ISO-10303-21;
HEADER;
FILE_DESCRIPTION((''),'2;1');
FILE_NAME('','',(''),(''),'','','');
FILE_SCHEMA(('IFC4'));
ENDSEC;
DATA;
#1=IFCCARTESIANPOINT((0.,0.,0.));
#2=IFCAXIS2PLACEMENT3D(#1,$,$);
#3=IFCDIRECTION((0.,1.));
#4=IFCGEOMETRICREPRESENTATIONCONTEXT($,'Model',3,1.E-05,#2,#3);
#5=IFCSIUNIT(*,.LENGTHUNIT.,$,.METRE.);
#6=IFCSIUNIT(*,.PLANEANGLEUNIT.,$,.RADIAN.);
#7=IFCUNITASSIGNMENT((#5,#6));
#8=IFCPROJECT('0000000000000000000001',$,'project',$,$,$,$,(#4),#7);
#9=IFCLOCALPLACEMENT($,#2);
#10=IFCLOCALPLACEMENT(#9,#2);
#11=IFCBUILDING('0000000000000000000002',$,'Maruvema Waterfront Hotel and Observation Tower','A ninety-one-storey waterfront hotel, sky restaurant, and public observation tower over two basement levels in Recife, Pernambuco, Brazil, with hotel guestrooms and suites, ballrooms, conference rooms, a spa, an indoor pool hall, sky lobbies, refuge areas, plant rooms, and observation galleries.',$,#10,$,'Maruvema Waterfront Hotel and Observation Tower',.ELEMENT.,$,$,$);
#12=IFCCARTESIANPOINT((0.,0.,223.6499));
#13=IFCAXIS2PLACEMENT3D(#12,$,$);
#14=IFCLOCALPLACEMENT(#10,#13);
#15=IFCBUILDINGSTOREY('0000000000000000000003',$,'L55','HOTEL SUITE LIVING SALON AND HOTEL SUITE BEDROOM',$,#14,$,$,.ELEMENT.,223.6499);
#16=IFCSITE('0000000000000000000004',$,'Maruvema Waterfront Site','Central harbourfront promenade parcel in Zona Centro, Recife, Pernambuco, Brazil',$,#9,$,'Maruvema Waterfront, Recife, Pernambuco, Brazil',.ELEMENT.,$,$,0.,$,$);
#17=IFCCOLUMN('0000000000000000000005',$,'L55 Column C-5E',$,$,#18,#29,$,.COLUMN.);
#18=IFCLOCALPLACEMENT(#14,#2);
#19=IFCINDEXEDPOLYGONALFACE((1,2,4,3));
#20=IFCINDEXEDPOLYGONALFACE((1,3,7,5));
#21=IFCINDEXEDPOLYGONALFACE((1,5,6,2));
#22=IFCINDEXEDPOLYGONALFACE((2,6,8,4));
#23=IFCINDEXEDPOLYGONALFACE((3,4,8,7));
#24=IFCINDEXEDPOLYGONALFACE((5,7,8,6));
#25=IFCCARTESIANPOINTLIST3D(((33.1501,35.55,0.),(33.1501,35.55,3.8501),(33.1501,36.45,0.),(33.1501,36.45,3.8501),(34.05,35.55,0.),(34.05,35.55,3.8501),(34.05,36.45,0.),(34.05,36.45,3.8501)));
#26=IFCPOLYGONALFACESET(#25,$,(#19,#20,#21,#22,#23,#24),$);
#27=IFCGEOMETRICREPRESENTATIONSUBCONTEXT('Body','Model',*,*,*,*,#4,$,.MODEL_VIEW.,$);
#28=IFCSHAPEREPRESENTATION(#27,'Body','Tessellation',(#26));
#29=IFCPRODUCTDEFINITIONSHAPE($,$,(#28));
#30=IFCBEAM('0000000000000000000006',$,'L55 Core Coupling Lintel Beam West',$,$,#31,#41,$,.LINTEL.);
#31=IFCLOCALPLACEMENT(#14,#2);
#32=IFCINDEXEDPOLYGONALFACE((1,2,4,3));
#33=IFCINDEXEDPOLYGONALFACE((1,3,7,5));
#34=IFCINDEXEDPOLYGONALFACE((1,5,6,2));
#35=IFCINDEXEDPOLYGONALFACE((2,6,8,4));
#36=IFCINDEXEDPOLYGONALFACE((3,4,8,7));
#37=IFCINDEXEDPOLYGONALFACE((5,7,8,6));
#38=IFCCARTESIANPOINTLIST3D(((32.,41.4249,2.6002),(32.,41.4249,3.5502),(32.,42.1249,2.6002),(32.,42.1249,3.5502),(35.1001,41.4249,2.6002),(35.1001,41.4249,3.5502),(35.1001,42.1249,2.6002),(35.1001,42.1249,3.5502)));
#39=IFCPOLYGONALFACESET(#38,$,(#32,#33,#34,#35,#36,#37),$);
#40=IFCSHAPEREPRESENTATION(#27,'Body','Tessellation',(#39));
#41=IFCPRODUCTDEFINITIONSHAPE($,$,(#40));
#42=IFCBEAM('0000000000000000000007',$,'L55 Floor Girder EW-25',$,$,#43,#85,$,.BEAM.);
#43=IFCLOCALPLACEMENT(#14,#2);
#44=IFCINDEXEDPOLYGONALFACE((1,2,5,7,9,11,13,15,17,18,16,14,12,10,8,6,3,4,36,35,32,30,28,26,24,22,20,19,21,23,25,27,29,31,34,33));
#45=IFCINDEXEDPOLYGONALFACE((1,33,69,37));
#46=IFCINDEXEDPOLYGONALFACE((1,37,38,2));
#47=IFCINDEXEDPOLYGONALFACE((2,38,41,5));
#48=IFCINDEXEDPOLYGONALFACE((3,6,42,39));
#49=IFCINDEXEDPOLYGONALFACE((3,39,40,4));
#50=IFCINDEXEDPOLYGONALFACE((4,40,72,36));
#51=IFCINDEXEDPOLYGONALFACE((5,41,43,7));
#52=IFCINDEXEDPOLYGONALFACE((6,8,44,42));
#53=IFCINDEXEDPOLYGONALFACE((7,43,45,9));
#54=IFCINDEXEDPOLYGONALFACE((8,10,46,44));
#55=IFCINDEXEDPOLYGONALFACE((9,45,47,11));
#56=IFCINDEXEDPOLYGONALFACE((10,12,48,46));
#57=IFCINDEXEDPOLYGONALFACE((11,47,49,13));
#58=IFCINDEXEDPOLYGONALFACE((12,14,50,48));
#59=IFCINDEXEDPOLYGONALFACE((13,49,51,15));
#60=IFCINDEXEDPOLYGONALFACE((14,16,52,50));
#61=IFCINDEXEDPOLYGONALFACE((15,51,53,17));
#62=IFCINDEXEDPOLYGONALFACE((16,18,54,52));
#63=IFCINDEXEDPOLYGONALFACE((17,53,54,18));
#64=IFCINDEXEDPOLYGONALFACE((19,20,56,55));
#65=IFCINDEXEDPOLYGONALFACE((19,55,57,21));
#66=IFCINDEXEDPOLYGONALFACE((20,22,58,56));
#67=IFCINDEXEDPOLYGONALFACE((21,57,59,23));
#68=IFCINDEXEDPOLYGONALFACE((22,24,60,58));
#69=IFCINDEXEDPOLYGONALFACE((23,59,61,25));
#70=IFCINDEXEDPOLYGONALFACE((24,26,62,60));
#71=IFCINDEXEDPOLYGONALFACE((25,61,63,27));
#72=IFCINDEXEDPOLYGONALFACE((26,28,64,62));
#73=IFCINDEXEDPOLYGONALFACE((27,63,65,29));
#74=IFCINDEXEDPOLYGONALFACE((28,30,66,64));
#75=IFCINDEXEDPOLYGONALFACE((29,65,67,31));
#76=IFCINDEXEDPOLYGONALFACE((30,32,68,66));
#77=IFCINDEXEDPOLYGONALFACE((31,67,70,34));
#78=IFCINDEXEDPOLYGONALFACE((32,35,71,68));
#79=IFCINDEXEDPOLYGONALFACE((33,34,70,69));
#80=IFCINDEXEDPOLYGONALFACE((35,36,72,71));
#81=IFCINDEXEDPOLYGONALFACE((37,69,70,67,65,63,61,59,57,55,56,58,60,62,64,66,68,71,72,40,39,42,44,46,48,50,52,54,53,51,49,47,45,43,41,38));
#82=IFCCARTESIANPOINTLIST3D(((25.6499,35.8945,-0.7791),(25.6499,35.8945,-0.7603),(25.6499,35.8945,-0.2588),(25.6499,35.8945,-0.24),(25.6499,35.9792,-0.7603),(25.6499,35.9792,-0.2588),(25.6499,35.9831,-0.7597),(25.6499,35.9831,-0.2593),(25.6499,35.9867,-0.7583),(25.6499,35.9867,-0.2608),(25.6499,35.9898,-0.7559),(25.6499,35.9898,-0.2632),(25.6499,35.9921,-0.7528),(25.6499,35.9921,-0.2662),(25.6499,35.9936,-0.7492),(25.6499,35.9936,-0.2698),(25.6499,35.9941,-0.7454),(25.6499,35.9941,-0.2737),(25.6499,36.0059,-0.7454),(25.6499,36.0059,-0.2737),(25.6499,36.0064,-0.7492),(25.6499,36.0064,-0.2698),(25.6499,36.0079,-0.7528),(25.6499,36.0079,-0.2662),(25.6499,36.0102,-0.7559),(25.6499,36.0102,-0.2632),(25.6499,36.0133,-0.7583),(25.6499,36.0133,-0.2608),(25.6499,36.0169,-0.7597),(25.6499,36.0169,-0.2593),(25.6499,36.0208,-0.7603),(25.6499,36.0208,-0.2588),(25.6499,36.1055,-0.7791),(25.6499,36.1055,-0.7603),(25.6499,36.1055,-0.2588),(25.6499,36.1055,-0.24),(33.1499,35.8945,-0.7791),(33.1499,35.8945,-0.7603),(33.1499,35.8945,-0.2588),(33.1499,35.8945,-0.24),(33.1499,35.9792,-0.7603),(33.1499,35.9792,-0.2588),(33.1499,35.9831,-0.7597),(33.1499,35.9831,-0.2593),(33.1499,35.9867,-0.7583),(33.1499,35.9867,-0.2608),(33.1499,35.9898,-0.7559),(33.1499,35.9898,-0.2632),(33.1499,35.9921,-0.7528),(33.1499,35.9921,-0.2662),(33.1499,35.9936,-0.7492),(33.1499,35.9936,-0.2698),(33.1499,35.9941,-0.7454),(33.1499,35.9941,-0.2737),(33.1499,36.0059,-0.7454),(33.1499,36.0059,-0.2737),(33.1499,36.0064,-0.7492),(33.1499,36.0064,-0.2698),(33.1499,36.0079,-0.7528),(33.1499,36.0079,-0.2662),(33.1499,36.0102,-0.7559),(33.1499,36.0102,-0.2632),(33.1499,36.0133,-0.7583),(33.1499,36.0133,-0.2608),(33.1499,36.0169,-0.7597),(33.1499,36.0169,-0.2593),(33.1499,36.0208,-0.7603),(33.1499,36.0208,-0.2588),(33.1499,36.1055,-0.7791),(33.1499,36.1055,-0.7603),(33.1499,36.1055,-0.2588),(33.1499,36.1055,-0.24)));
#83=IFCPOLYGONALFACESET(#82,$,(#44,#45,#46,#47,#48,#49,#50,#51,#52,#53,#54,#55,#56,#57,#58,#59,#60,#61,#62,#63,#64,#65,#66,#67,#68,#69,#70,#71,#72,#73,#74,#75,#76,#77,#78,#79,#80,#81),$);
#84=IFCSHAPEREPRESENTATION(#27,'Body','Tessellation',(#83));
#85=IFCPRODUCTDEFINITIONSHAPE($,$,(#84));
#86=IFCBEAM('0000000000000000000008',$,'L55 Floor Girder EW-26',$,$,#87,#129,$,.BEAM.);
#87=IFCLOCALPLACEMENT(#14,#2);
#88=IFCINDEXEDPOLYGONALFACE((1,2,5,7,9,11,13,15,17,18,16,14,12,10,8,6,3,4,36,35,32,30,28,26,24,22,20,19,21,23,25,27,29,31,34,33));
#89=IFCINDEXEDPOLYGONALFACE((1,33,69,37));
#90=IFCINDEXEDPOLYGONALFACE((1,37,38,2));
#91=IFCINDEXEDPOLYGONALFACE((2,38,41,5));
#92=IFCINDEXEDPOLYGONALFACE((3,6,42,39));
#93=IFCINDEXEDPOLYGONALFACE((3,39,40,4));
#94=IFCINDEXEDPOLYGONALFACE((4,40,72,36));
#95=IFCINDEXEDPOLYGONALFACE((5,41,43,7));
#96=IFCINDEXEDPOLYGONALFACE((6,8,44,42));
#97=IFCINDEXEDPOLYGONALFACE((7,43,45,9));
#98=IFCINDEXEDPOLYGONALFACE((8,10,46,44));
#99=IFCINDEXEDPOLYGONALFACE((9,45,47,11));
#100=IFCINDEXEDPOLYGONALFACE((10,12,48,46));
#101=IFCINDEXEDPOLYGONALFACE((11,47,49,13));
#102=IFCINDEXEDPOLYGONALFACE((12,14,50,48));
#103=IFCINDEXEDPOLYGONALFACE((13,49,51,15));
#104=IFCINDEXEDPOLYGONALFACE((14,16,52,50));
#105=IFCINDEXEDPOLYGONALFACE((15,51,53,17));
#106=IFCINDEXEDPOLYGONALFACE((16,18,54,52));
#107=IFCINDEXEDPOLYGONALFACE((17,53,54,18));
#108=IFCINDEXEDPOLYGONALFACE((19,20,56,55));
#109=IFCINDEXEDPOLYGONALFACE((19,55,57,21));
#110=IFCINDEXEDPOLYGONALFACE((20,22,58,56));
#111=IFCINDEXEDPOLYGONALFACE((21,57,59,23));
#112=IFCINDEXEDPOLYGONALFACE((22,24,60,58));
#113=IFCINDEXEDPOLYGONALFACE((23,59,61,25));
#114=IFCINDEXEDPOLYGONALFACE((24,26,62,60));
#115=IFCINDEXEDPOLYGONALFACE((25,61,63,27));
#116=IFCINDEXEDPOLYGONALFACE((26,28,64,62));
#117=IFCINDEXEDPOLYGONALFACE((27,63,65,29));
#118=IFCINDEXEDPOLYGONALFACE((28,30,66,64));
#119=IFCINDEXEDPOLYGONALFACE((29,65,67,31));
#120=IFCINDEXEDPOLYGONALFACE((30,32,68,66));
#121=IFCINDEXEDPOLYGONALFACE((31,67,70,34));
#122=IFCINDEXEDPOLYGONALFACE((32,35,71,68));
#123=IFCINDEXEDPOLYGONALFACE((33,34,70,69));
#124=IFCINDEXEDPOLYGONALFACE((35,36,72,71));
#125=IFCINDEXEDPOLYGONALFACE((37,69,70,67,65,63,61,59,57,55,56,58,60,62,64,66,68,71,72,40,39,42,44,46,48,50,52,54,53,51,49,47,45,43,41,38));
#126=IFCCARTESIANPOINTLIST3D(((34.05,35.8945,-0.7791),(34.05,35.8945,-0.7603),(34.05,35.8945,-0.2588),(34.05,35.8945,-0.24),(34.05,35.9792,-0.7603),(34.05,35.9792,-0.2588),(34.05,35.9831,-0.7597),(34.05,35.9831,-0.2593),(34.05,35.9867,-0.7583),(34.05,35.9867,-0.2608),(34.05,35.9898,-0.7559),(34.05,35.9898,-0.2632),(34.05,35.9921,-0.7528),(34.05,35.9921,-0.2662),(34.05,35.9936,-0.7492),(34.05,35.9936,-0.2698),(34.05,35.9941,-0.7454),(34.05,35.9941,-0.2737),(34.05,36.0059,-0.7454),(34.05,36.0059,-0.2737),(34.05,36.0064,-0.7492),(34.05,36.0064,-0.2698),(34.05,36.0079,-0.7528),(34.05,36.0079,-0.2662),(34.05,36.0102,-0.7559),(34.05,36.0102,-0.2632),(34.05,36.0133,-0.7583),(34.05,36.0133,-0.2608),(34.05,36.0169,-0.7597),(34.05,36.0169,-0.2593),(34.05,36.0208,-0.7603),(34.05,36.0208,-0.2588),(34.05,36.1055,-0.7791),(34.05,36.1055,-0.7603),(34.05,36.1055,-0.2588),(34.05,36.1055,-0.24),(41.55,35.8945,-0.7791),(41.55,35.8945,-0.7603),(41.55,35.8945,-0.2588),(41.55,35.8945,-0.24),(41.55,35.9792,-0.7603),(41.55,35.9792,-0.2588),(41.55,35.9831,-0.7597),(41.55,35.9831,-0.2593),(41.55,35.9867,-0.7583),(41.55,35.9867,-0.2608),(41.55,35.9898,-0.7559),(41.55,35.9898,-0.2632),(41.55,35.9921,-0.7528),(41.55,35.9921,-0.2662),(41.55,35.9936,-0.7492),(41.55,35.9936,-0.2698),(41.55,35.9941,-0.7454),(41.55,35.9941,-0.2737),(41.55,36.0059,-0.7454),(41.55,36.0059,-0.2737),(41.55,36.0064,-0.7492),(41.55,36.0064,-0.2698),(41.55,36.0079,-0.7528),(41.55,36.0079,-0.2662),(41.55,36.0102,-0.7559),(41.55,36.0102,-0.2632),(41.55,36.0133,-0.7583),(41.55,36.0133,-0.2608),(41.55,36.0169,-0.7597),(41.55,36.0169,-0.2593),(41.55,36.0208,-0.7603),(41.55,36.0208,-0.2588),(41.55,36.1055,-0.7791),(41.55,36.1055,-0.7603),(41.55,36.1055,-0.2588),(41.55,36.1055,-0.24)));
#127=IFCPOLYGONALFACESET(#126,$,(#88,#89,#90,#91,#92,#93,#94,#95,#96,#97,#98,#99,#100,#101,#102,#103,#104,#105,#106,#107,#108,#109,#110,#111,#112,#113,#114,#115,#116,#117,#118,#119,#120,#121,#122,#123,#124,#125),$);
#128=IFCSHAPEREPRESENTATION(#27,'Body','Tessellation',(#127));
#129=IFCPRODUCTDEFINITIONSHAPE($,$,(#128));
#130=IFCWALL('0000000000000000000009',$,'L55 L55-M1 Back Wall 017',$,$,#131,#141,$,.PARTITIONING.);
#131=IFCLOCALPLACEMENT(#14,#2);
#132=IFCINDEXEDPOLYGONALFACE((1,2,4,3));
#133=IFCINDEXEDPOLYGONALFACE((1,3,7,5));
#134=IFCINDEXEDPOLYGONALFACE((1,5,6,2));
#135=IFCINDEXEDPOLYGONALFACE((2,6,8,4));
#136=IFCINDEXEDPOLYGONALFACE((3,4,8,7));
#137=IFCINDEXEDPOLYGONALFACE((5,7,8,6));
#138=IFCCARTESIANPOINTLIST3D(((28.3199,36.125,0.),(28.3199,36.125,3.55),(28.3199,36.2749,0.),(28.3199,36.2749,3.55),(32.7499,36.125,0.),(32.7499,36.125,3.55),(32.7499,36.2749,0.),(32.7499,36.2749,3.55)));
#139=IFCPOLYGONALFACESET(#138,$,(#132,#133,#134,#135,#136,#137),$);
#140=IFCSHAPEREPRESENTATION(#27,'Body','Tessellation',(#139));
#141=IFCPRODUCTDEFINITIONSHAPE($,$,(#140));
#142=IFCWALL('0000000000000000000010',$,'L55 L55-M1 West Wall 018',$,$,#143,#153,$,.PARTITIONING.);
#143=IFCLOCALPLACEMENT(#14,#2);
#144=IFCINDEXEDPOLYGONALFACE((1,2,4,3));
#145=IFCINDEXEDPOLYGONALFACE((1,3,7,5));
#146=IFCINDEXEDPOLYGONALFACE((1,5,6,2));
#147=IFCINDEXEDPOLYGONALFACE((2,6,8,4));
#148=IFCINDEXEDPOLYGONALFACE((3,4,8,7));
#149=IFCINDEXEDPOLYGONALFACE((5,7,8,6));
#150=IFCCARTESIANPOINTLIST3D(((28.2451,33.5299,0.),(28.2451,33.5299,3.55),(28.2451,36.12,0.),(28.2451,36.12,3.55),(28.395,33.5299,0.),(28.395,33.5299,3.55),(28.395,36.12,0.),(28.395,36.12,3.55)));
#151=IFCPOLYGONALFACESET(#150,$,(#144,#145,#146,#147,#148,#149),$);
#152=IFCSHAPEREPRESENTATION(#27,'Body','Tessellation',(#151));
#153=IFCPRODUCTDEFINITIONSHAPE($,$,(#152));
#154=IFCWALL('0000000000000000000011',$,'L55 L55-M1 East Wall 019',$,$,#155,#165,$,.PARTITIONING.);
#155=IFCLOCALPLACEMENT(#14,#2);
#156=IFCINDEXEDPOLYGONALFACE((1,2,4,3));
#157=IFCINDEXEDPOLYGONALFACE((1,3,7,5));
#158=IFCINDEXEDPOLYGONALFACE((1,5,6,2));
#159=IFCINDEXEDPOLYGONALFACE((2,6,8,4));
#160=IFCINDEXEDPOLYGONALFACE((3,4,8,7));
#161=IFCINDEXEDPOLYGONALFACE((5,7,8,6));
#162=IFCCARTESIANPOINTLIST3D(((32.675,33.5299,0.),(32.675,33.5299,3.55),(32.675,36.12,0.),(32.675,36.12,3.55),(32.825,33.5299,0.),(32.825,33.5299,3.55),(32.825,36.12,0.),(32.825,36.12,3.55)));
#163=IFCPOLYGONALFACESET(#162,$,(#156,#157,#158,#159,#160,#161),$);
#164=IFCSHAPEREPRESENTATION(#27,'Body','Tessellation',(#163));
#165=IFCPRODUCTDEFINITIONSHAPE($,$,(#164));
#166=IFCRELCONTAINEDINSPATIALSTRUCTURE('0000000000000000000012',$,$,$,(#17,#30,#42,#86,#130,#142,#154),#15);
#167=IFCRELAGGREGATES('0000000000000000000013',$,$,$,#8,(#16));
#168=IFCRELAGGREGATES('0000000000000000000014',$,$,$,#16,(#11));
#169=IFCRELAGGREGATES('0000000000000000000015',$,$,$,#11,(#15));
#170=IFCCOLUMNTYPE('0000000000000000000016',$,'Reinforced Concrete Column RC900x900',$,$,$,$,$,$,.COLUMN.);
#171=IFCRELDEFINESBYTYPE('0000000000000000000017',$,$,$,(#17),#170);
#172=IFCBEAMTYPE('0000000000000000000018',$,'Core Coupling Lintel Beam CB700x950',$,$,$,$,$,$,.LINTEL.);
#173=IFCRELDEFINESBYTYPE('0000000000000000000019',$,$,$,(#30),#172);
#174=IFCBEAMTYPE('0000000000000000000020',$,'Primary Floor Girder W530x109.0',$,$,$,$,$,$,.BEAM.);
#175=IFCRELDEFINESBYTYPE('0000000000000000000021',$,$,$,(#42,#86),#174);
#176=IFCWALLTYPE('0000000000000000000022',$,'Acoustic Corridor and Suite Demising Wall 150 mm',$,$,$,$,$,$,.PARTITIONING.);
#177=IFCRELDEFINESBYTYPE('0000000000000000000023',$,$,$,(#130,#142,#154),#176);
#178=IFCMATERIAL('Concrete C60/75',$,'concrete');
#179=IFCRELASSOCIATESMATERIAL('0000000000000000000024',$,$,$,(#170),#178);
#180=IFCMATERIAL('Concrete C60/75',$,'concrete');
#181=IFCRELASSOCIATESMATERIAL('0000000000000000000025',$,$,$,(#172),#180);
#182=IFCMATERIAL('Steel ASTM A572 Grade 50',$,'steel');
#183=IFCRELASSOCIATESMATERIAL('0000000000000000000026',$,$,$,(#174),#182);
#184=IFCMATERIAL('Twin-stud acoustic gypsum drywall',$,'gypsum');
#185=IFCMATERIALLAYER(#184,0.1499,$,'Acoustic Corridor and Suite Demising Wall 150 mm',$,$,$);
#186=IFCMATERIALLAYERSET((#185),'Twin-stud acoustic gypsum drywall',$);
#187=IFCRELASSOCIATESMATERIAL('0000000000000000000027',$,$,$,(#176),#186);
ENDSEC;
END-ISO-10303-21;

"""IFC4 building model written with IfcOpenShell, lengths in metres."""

from ifc_helpers import new_model, si_unit, direction, frame, frame_2d, origin, origin_2d, place, context, subcontext, project, spatial, rectangle, i_section, extrude, material, layer, layer_set, material_profile, profile_set, type_object, element, save


model = new_model("IFC4")

# Units and contexts
model_context = context("Model", 3, precision=1e-05, world=origin(), true_north=direction((0.0, 1.0)))
body_context = subcontext(model_context, "Body", "Model", "MODEL_VIEW")
ifc_project = project(units=[si_unit("LENGTHUNIT", "METRE"), si_unit("PLANEANGLEUNIT", "RADIAN")], contexts=[model_context])

# Site, building, storey
site_placement = place(None, origin())
site = spatial("IfcSite", under=ifc_project, at=site_placement, Name="Maruvema Waterfront Site", Description="Central harbourfront promenade parcel in Zona Centro, Recife, Pernambuco, Brazil", LongName="Maruvema Waterfront, Recife, Pernambuco, Brazil", CompositionType="ELEMENT", RefElevation=0.0)
building_placement = place(site_placement, origin())
building = spatial("IfcBuilding", under=site, at=building_placement, Name="Maruvema Waterfront Hotel and Observation Tower", Description="A ninety-one-storey waterfront hotel, sky restaurant, and public observation tower over two basement levels in Recife, Pernambuco, Brazil, with hotel guestrooms and suites, ballrooms, conference rooms, a spa, an indoor pool hall, sky lobbies, refuge areas, plant rooms, and observation galleries.", LongName="Maruvema Waterfront Hotel and Observation Tower", CompositionType="ELEMENT")
storey_placement = place(building_placement, frame((0.0, 0.0, 223.6499)))
storey = spatial("IfcBuildingStorey", under=building, at=storey_placement, Name="L55", Description="HOTEL SUITE LIVING SALON AND HOTEL SUITE BEDROOM", CompositionType="ELEMENT", Elevation=223.6499)

# Column
ifc_material_1 = material(Name="Concrete C60/75", Category="concrete")
ifc_material_profile_1 = material_profile(ifc_material_1, rectangle(XDim=0.8999, YDim=0.8999, at=origin_2d()), Name="RC900x900")
ifc_profile_set_1 = profile_set([ifc_material_profile_1], Name="Concrete C60/75")
column_type = type_object("IfcColumnType", Name="Reinforced Concrete Column RC900x900", PredefinedType="COLUMN", material=ifc_profile_set_1)
column_placement = place(storey_placement, frame((33.6001, 36.0, 0.0), z_axis=(0.0, 0.0, 1.0), x_axis=(1.0, 0.0, 0.0)))
element("IfcColumn", 1, at=column_placement, inside=storey, type_object=column_type, Name="L55 Column C-5E", PredefinedType="COLUMN", context=body_context, shape_type="SweptSolid", body=[
    extrude(rectangle(XDim=0.8999, YDim=0.8999, at=origin_2d()), origin(), (0.0, 0.0, 1.0), 3.8501),
])

# Beams
ifc_material_2 = material(Name="Concrete C60/75", Category="concrete")
ifc_material_profile_2 = material_profile(ifc_material_2, rectangle(XDim=0.7, YDim=0.95, at=origin_2d()), Name="CB700x950")
ifc_profile_set_2 = profile_set([ifc_material_profile_2], Name="Concrete C60/75")
beam_type_1 = type_object("IfcBeamType", Name="Core Coupling Lintel Beam CB700x950", PredefinedType="LINTEL", material=ifc_profile_set_2)
beam_placement = place(storey_placement, frame((32.0, 41.7749, 3.0752), z_axis=(1.0, 0.0, 0.0), x_axis=(0.0, 1.0, 0.0)))
element("IfcBeam", 2, at=beam_placement, inside=storey, type_object=beam_type_1, Name="L55 Core Coupling Lintel Beam West", PredefinedType="LINTEL", context=body_context, shape_type="SweptSolid", body=[
    extrude(rectangle(XDim=0.7, YDim=0.95, at=origin_2d()), origin(), (0.0, 0.0, 1.0), 3.1001),
])
ifc_material_3 = material(Name="Steel ASTM A572 Grade 50", Category="steel")
ifc_material_profile_3 = material_profile(ifc_material_3, i_section(OverallWidth=0.2109, OverallDepth=0.5391, WebThickness=0.0117, FlangeThickness=0.0188, FilletRadius=0.0149, at=origin_2d()), Name="W530x109.0")
ifc_profile_set_3 = profile_set([ifc_material_profile_3], Name="Steel ASTM A572 Grade 50")
beam_type_2 = type_object("IfcBeamType", Name="Primary Floor Girder W530x109.0", PredefinedType="BEAM", material=ifc_profile_set_3)
for number, where, z_axis, x_axis, name in (
    (3, (25.6499, 36.0, -0.5095), (1.0, 0.0, 0.0), (0.0, 1.0, 0.0), "L55 Floor Girder EW-25"),
    (4, (34.05, 36.0, -0.5095), (1.0, 0.0, 0.0), (0.0, 1.0, 0.0), "L55 Floor Girder EW-26"),
):
    element("IfcBeam", number, at=place(storey_placement, frame(where, z_axis=z_axis, x_axis=x_axis)), inside=storey, type_object=beam_type_2, Name=name, PredefinedType="BEAM", context=body_context, shape_type="SweptSolid", body=[
        extrude(i_section(OverallWidth=0.2109, OverallDepth=0.5391, WebThickness=0.0117, FlangeThickness=0.0188, FilletRadius=0.0149, at=origin_2d()), origin(), (0.0, 0.0, 1.0), 7.5),
    ])

# Walls
ifc_material_4 = material(Name="Twin-stud acoustic gypsum drywall", Category="gypsum")
ifc_layer_1 = layer(ifc_material_4, 0.1499, Name="Acoustic Corridor and Suite Demising Wall 150 mm")
ifc_layer_set_1 = layer_set([ifc_layer_1], Name="Twin-stud acoustic gypsum drywall")
wall_type_1 = type_object("IfcWallType", Name="Acoustic Corridor and Suite Demising Wall 150 mm", PredefinedType="PARTITIONING", material=ifc_layer_set_1)
wall_1_placement = place(storey_placement, frame((28.3201, 36.2, 0.0), z_axis=(0.0, 0.0, 1.0), x_axis=(1.0, 0.0, 0.0)))
element("IfcWall", 5, at=wall_1_placement, inside=storey, type_object=wall_type_1, Name="L55 L55-M1 Back Wall 017", PredefinedType="PARTITIONING", context=body_context, shape_type="SweptSolid", body=[
    extrude(rectangle(XDim=4.4299, YDim=0.1499, at=frame_2d((2.2148, 0.0))), origin(), (0.0, 0.0, 1.0), 3.55),
])
for number, where, z_axis, x_axis, name in (
    (6, (28.3201, 33.53, 0.0), (0.0, 0.0, 1.0), (0.0, 1.0, 0.0), "L55 L55-M1 West Wall 018"),
    (7, (32.75, 33.53, 0.0), (0.0, 0.0, 1.0), (0.0, 1.0, 0.0), "L55 L55-M1 East Wall 019"),
):
    element("IfcWall", number, at=place(storey_placement, frame(where, z_axis=z_axis, x_axis=x_axis)), inside=storey, type_object=wall_type_1, Name=name, PredefinedType="PARTITIONING", context=body_context, shape_type="SweptSolid", body=[
        extrude(rectangle(XDim=2.5901, YDim=0.1499, at=frame_2d((1.2949, 0.0))), origin(), (0.0, 0.0, 1.0), 3.55),
    ])

save(model, "model.ifc")
